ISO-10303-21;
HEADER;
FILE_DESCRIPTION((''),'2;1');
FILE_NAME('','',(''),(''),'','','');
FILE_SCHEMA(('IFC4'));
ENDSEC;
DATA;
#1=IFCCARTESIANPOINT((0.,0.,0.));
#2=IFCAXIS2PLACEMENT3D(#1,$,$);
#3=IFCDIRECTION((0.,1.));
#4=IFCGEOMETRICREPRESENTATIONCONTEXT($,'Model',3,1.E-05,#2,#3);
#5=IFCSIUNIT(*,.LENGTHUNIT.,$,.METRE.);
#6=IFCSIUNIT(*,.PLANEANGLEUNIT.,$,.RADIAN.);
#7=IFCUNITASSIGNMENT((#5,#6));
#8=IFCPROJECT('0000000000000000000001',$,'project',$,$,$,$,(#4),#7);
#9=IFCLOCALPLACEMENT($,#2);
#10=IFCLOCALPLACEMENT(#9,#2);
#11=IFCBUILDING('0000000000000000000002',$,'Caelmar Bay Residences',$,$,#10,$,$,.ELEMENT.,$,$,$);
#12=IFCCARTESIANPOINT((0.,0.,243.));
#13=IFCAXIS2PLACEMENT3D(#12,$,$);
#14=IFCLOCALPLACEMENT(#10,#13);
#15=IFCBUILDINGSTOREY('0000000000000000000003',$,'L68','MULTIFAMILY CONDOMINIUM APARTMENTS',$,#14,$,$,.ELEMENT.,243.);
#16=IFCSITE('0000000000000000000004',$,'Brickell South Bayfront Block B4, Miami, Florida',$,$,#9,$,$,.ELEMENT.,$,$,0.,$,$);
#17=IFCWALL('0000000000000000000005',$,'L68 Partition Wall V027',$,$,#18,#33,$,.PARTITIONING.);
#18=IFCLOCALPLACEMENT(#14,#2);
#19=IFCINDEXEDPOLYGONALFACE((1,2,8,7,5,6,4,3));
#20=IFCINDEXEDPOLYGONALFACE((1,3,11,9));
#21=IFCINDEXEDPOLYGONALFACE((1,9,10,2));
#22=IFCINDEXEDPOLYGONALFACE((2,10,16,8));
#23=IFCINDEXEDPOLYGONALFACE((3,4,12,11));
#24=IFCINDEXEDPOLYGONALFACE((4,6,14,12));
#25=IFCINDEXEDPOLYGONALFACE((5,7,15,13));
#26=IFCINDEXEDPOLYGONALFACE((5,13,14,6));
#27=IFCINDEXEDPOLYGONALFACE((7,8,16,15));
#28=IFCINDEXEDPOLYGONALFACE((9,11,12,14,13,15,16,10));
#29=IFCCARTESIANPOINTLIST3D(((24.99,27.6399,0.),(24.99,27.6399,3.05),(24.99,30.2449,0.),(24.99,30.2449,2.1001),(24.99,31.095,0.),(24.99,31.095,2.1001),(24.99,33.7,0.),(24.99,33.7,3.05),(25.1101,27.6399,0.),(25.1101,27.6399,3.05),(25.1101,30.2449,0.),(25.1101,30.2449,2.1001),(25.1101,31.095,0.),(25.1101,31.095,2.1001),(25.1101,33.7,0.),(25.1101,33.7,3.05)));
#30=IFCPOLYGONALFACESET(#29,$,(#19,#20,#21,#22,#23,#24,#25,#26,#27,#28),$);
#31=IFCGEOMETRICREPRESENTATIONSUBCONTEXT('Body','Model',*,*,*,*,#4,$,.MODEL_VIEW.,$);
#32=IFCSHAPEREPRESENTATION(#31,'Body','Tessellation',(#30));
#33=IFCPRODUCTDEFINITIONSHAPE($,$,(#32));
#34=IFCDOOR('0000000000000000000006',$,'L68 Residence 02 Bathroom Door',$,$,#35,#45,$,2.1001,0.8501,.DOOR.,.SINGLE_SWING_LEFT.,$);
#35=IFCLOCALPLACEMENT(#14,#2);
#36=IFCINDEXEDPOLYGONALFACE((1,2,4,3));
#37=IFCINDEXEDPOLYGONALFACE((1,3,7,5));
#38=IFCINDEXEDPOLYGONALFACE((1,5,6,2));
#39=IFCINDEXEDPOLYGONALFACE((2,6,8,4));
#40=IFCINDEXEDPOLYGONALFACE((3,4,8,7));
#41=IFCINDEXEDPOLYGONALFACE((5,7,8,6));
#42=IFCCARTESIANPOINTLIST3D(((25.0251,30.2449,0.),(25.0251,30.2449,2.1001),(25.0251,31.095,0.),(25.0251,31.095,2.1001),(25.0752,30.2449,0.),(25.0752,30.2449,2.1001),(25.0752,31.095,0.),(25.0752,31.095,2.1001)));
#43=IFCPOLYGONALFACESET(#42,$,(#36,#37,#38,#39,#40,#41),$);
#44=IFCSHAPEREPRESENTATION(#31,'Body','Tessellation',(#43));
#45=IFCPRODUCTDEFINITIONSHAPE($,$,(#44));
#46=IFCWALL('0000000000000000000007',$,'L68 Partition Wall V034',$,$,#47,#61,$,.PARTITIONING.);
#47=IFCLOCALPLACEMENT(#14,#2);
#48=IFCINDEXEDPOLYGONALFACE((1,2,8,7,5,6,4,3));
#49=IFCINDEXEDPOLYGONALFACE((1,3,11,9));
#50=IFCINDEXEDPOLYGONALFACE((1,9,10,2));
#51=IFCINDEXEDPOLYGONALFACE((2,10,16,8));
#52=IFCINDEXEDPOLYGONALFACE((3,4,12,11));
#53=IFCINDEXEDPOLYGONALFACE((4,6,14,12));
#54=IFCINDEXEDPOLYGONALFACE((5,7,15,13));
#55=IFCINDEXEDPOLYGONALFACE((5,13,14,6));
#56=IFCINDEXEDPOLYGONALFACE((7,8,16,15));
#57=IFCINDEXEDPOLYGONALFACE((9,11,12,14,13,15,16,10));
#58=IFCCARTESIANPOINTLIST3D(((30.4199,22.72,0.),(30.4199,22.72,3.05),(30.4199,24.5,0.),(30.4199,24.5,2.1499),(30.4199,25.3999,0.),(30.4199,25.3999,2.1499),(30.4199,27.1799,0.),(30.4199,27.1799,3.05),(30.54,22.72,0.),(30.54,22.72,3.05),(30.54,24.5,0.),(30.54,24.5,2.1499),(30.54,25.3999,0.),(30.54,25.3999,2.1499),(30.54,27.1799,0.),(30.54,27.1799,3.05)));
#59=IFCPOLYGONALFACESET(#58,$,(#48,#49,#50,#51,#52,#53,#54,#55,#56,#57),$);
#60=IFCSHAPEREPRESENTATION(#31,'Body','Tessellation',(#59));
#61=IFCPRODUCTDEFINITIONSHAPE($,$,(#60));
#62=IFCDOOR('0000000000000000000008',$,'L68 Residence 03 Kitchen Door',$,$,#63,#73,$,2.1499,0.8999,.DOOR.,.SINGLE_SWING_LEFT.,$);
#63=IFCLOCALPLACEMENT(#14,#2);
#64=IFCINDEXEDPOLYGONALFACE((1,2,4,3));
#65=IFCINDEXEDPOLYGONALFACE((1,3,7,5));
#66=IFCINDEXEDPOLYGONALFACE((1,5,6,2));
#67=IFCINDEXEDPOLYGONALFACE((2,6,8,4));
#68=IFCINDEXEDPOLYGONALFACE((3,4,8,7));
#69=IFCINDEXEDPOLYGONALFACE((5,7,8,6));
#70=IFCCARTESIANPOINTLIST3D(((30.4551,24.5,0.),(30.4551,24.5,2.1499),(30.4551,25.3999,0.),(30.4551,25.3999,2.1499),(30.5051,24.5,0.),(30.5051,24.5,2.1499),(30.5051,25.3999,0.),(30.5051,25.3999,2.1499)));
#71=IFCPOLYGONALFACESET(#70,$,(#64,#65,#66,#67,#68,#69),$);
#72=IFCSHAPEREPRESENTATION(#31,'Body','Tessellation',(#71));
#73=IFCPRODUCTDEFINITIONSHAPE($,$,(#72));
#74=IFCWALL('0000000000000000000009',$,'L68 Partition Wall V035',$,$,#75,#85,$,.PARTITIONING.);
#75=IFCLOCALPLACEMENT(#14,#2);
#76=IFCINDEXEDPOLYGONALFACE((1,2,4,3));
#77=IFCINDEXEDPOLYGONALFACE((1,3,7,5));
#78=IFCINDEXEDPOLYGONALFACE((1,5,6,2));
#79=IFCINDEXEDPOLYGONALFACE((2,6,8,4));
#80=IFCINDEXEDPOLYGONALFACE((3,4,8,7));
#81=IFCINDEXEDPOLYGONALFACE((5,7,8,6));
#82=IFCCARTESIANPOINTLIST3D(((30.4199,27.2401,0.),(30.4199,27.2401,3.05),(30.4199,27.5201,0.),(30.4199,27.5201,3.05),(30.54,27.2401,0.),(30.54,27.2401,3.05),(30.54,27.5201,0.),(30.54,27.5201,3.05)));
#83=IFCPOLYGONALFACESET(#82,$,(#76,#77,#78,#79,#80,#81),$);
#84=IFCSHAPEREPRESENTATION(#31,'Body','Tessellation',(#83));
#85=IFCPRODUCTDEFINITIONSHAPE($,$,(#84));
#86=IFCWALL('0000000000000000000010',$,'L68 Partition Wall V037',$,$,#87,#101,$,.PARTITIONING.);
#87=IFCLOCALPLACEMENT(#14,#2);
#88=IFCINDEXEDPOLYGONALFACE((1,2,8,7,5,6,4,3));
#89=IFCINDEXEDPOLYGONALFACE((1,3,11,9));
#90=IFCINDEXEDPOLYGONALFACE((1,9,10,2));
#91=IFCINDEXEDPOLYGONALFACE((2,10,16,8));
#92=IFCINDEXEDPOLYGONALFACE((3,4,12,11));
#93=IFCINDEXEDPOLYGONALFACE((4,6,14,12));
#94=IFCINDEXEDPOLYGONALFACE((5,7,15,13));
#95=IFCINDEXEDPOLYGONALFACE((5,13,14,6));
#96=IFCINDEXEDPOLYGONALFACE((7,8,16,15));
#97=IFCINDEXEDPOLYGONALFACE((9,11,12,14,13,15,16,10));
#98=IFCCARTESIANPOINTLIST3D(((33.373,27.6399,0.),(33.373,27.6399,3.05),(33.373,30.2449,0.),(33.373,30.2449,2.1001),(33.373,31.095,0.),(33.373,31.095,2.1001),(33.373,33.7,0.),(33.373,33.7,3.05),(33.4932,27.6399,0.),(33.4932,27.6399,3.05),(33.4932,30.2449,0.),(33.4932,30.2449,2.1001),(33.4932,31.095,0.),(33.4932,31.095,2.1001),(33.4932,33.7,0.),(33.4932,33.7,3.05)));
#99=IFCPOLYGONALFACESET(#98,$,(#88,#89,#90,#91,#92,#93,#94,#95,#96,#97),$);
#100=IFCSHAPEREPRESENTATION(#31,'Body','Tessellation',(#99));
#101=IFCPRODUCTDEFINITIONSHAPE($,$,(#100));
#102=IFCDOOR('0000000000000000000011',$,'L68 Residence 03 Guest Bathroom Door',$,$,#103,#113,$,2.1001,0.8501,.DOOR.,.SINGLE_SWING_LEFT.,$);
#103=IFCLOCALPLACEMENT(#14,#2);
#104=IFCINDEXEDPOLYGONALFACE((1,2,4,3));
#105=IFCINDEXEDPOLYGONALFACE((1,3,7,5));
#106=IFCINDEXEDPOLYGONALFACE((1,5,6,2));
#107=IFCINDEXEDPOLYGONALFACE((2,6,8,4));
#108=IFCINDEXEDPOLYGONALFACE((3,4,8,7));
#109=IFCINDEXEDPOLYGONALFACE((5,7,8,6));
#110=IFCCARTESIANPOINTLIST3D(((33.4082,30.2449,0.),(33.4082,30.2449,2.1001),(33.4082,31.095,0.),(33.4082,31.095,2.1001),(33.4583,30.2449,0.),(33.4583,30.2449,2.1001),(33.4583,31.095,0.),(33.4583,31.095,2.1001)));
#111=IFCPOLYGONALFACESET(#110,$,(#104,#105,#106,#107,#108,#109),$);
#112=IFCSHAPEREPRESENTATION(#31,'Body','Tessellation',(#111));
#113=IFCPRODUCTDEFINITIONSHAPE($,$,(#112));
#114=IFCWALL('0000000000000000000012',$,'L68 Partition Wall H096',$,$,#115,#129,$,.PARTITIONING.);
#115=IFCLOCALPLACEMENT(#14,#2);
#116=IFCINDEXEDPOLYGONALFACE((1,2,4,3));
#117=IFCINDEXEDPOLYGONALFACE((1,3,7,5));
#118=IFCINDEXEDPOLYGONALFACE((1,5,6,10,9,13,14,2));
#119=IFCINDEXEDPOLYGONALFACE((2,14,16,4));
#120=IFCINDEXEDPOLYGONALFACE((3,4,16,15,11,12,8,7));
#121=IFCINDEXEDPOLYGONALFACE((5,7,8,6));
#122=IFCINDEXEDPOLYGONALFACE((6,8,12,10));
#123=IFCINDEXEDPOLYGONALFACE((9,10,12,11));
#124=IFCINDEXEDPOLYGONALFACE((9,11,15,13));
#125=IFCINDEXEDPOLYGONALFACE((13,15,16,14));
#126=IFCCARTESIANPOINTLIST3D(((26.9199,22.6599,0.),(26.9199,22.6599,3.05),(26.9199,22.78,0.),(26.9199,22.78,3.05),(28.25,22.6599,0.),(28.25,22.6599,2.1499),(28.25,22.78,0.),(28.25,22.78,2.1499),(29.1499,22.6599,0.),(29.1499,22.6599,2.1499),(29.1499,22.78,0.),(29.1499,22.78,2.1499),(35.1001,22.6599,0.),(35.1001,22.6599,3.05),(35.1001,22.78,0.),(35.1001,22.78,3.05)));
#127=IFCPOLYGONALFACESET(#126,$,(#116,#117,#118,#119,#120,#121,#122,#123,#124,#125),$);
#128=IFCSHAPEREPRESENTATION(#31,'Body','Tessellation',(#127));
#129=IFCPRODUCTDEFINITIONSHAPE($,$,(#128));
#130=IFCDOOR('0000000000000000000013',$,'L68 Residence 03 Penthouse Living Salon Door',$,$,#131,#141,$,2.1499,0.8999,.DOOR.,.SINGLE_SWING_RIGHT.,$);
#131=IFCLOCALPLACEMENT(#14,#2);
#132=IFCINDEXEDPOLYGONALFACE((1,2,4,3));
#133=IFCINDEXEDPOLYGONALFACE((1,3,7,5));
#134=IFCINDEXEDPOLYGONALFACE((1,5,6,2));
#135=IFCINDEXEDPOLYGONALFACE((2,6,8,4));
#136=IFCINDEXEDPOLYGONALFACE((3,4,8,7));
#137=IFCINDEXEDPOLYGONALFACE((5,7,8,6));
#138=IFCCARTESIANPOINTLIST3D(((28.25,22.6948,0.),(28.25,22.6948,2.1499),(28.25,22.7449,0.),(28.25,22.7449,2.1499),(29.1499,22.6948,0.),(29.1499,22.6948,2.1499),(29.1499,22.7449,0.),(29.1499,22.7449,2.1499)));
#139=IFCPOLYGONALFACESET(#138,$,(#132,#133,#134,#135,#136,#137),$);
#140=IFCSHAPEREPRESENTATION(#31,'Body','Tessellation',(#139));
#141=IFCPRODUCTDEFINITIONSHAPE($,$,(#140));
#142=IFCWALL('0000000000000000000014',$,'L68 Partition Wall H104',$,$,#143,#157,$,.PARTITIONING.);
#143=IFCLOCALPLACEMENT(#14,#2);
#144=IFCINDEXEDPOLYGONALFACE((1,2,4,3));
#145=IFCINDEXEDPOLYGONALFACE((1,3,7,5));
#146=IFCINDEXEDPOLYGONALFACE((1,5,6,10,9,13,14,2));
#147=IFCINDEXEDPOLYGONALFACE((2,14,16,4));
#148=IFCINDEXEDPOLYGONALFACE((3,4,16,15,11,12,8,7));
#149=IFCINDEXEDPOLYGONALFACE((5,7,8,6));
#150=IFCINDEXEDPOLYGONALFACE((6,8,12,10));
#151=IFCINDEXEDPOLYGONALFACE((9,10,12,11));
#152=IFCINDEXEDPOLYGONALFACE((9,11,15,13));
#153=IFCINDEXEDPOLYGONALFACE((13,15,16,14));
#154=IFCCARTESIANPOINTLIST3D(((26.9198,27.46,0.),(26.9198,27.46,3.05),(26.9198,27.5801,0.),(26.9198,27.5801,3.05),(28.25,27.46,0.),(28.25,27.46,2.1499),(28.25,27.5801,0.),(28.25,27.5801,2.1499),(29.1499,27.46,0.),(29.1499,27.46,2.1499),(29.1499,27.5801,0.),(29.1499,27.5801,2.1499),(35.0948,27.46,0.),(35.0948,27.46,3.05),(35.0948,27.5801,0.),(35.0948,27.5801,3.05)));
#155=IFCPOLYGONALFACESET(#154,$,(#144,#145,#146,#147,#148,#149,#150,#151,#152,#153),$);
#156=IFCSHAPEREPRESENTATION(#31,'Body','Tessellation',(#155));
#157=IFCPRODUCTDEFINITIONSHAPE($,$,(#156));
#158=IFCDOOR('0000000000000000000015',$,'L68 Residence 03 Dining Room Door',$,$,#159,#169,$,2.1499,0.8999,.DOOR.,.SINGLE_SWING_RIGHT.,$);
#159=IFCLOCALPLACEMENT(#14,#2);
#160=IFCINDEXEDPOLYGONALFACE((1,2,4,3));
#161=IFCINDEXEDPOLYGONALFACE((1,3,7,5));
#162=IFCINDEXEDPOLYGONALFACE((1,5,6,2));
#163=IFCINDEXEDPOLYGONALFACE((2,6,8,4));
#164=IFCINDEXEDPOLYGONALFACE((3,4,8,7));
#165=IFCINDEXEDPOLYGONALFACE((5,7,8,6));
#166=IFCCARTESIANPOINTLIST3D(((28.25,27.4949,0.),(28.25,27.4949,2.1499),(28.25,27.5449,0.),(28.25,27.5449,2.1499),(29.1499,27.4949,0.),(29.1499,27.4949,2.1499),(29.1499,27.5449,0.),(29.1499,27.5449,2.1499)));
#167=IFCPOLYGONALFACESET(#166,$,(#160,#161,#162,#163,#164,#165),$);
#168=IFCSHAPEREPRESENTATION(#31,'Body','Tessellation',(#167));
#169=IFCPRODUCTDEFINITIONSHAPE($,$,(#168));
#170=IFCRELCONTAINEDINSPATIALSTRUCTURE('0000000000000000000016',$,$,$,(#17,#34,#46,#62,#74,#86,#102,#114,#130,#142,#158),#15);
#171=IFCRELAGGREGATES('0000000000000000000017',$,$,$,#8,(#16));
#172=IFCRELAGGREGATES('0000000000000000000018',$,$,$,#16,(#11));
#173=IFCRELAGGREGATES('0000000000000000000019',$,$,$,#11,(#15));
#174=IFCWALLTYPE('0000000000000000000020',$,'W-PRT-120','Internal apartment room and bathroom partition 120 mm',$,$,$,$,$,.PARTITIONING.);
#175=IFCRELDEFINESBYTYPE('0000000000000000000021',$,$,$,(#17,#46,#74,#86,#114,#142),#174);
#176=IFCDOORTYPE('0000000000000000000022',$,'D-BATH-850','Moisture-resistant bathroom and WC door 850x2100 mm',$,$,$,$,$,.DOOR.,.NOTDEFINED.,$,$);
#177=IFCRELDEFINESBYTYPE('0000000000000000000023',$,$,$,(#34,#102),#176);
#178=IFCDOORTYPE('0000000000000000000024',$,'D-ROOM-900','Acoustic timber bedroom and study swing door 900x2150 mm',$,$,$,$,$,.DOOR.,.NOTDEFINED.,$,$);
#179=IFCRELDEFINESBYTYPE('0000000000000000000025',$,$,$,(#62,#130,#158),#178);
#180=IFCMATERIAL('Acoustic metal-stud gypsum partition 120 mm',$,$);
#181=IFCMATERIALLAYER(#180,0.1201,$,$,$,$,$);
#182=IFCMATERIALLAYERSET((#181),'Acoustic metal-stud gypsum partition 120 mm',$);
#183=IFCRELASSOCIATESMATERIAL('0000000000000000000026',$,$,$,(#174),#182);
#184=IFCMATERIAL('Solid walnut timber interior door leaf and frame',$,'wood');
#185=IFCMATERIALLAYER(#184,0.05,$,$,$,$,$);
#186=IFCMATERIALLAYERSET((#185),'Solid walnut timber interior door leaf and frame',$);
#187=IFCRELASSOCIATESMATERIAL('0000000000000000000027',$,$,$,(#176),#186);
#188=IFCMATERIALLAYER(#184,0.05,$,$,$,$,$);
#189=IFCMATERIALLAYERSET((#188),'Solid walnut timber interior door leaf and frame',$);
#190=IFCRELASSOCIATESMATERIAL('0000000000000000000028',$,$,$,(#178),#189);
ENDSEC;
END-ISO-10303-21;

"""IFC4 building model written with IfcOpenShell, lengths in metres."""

from ifc_helpers import new_model, si_unit, direction, frame, frame_2d, origin, place, context, subcontext, project, spatial, rectangle, extrude, material, layer, layer_set, type_object, element, fill, save


model = new_model("IFC4")

# Units and contexts
model_context = context("Model", 3, precision=1e-05, world=origin(), true_north=direction((0.0, 1.0)))
body_context = subcontext(model_context, "Body", "Model", "MODEL_VIEW")
ifc_project = project(units=[si_unit("LENGTHUNIT", "METRE"), si_unit("PLANEANGLEUNIT", "RADIAN")], contexts=[model_context])

# Site, building, storey
site_placement = place(None, origin())
site = spatial("IfcSite", under=ifc_project, at=site_placement, Name="Brickell South Bayfront Block B4, Miami, Florida", CompositionType="ELEMENT", RefElevation=0.0)
building_placement = place(site_placement, origin())
building = spatial("IfcBuilding", under=site, at=building_placement, Name="Caelmar Bay Residences", CompositionType="ELEMENT")
storey_placement = place(building_placement, frame((0.0, 0.0, 243.0)))
storey = spatial("IfcBuildingStorey", under=building, at=storey_placement, Name="L68", Description="MULTIFAMILY CONDOMINIUM APARTMENTS", CompositionType="ELEMENT", Elevation=243.0)

# Walls, openings, doors
ifc_material_1 = material(Name="Acoustic metal-stud gypsum partition 120 mm")
ifc_layer_1 = layer(ifc_material_1, 0.1201)
ifc_layer_set_1 = layer_set([ifc_layer_1], Name="Acoustic metal-stud gypsum partition 120 mm")
wall_type_1 = type_object("IfcWallType", Name="W-PRT-120", Description="Internal apartment room and bathroom partition 120 mm", PredefinedType="PARTITIONING", material=ifc_layer_set_1)
wall_1_placement = place(storey_placement, frame((25.05, 27.6399, 0.0), z_axis=(0.0, 0.0, 1.0), x_axis=(0.0, 1.0, 0.0)))
wall_1 = element("IfcWall", 1, at=wall_1_placement, inside=storey, type_object=wall_type_1, Name="L68 Partition Wall V027", PredefinedType="PARTITIONING", context=body_context, shape_type="SweptSolid", body=[
    extrude(rectangle(XDim=6.0601, YDim=0.1201, at=frame_2d((3.03, 0.0))), origin(), (0.0, 0.0, 1.0), 3.05),
])
opening_1_placement = place(wall_1_placement, frame((2.605, 0.0, 0.0)))
opening_1 = element("IfcOpeningElement", 2, at=opening_1_placement, cuts=wall_1, PredefinedType="OPENING", context=body_context, shape_type="SweptSolid", body=[
    extrude(rectangle(XDim=0.8501, YDim=2.1001, at=frame_2d((0.425, 1.05))), frame((0.0, 0.0701, 0.0), z_axis=(0.0, -1.0, 0.0), x_axis=(1.0, 0.0, 0.0)), (0.0, 0.0, 1.0), 0.1401),
])
ifc_material_2 = material(Name="Solid walnut timber interior door leaf and frame", Category="wood")
ifc_layer_2 = layer(ifc_material_2, 0.05)
ifc_layer_set_2 = layer_set([ifc_layer_2], Name="Solid walnut timber interior door leaf and frame")
door_type_1 = type_object("IfcDoorType", Name="D-BATH-850", Description="Moisture-resistant bathroom and WC door 850x2100 mm", OperationType="NOTDEFINED", PredefinedType="DOOR", material=ifc_layer_set_2)
door_1_placement = place(opening_1_placement, origin())
door_1 = element("IfcDoor", 3, at=door_1_placement, inside=storey, type_object=door_type_1, Name="L68 Residence 02 Bathroom Door", OperationType="SINGLE_SWING_LEFT", OverallHeight=2.1001, OverallWidth=0.8501, PredefinedType="DOOR", context=body_context, shape_type="SweptSolid", body=[
    extrude(rectangle(XDim=0.8501, YDim=2.1001, at=frame_2d((0.425, 1.05))), frame((0.0, 0.0249, 0.0), z_axis=(0.0, -1.0, 0.0), x_axis=(1.0, 0.0, 0.0)), (0.0, 0.0, 1.0), 0.05),
])
fill(opening_1, door_1)
wall_2_placement = place(storey_placement, frame((30.48, 22.72, 0.0), z_axis=(0.0, 0.0, 1.0), x_axis=(0.0, 1.0, 0.0)))
wall_2 = element("IfcWall", 4, at=wall_2_placement, inside=storey, type_object=wall_type_1, Name="L68 Partition Wall V034", PredefinedType="PARTITIONING", context=body_context, shape_type="SweptSolid", body=[
    extrude(rectangle(XDim=4.46, YDim=0.1201, at=frame_2d((2.23, 0.0))), origin(), (0.0, 0.0, 1.0), 3.05),
])
opening_2_placement = place(wall_2_placement, frame((1.78, 0.0, 0.0)))
opening_2 = element("IfcOpeningElement", 5, at=opening_2_placement, cuts=wall_2, PredefinedType="OPENING", context=body_context, shape_type="SweptSolid", body=[
    extrude(rectangle(XDim=0.8999, YDim=2.1499, at=frame_2d((0.45, 1.075))), frame((0.0, 0.0701, 0.0), z_axis=(0.0, -1.0, 0.0), x_axis=(1.0, 0.0, 0.0)), (0.0, 0.0, 1.0), 0.1401),
])
ifc_layer_3 = layer(ifc_material_2, 0.05)
ifc_layer_set_3 = layer_set([ifc_layer_3], Name="Solid walnut timber interior door leaf and frame")
door_type_2 = type_object("IfcDoorType", Name="D-ROOM-900", Description="Acoustic timber bedroom and study swing door 900x2150 mm", OperationType="NOTDEFINED", PredefinedType="DOOR", material=ifc_layer_set_3)
door_2_placement = place(opening_2_placement, origin())
door_2 = element("IfcDoor", 6, at=door_2_placement, inside=storey, type_object=door_type_2, Name="L68 Residence 03 Kitchen Door", OperationType="SINGLE_SWING_LEFT", OverallHeight=2.1499, OverallWidth=0.8999, PredefinedType="DOOR", context=body_context, shape_type="SweptSolid", body=[
    extrude(rectangle(XDim=0.8999, YDim=2.1499, at=frame_2d((0.45, 1.075))), frame((0.0, 0.0249, 0.0), z_axis=(0.0, -1.0, 0.0), x_axis=(1.0, 0.0, 0.0)), (0.0, 0.0, 1.0), 0.05),
])
fill(opening_2, door_2)

# Wall
wall_3_placement = place(storey_placement, frame((30.48, 27.24, 0.0), z_axis=(0.0, 0.0, 1.0), x_axis=(0.0, 1.0, 0.0)))
element("IfcWall", 7, at=wall_3_placement, inside=storey, type_object=wall_type_1, Name="L68 Partition Wall V035", PredefinedType="PARTITIONING", context=body_context, shape_type="SweptSolid", body=[
    extrude(rectangle(XDim=0.28, YDim=0.1201, at=frame_2d((0.1401, 0.0))), origin(), (0.0, 0.0, 1.0), 3.05),
])

# Walls, openings, doors
wall_4_placement = place(storey_placement, frame((33.4331, 27.6399, 0.0), z_axis=(0.0, 0.0, 1.0), x_axis=(0.0, 1.0, 0.0)))
wall_4 = element("IfcWall", 8, at=wall_4_placement, inside=storey, type_object=wall_type_1, Name="L68 Partition Wall V037", PredefinedType="PARTITIONING", context=body_context, shape_type="SweptSolid", body=[
    extrude(rectangle(XDim=6.0601, YDim=0.1201, at=frame_2d((3.03, 0.0))), origin(), (0.0, 0.0, 1.0), 3.05),
])
opening_3_placement = place(wall_4_placement, frame((2.605, 0.0, 0.0)))
opening_3 = element("IfcOpeningElement", 9, at=opening_3_placement, cuts=wall_4, PredefinedType="OPENING", context=body_context, shape_type="SweptSolid", body=[
    extrude(rectangle(XDim=0.8501, YDim=2.1001, at=frame_2d((0.425, 1.05))), frame((0.0, 0.0701, 0.0), z_axis=(0.0, -1.0, 0.0), x_axis=(1.0, 0.0, 0.0)), (0.0, 0.0, 1.0), 0.1401),
])
door_3_placement = place(opening_3_placement, origin())
door_3 = element("IfcDoor", 10, at=door_3_placement, inside=storey, type_object=door_type_1, Name="L68 Residence 03 Guest Bathroom Door", OperationType="SINGLE_SWING_LEFT", OverallHeight=2.1001, OverallWidth=0.8501, PredefinedType="DOOR", context=body_context, shape_type="SweptSolid", body=[
    extrude(rectangle(XDim=0.8501, YDim=2.1001, at=frame_2d((0.425, 1.05))), frame((0.0, 0.0249, 0.0), z_axis=(0.0, -1.0, 0.0), x_axis=(1.0, 0.0, 0.0)), (0.0, 0.0, 1.0), 0.05),
])
fill(opening_3, door_3)
wall_5_placement = place(storey_placement, frame((26.9199, 22.72, 0.0), z_axis=(0.0, 0.0, 1.0), x_axis=(1.0, 0.0, 0.0)))
wall_5 = element("IfcWall", 11, at=wall_5_placement, inside=storey, type_object=wall_type_1, Name="L68 Partition Wall H096", PredefinedType="PARTITIONING", context=body_context, shape_type="SweptSolid", body=[
    extrude(rectangle(XDim=8.1802, YDim=0.1201, at=frame_2d((4.0901, 0.0))), origin(), (0.0, 0.0, 1.0), 3.05),
])
opening_4_placement = place(wall_5_placement, frame((1.3301, 0.0, 0.0)))
opening_4 = element("IfcOpeningElement", 12, at=opening_4_placement, cuts=wall_5, PredefinedType="OPENING", context=body_context, shape_type="SweptSolid", body=[
    extrude(rectangle(XDim=0.8999, YDim=2.1499, at=frame_2d((0.45, 1.075))), frame((0.0, 0.0701, 0.0), z_axis=(0.0, -1.0, 0.0), x_axis=(1.0, 0.0, 0.0)), (0.0, 0.0, 1.0), 0.1401),
])
door_4_placement = place(opening_4_placement, origin())
door_4 = element("IfcDoor", 13, at=door_4_placement, inside=storey, type_object=door_type_2, Name="L68 Residence 03 Penthouse Living Salon Door", OperationType="SINGLE_SWING_RIGHT", OverallHeight=2.1499, OverallWidth=0.8999, PredefinedType="DOOR", context=body_context, shape_type="SweptSolid", body=[
    extrude(rectangle(XDim=0.8999, YDim=2.1499, at=frame_2d((0.45, 1.075))), frame((0.0, 0.0249, 0.0), z_axis=(0.0, -1.0, 0.0), x_axis=(1.0, 0.0, 0.0)), (0.0, 0.0, 1.0), 0.05),
])
fill(opening_4, door_4)
wall_6_placement = place(storey_placement, frame((26.9199, 27.52, 0.0), z_axis=(0.0, 0.0, 1.0), x_axis=(1.0, 0.0, 0.0)))
wall_6 = element("IfcWall", 14, at=wall_6_placement, inside=storey, type_object=wall_type_1, Name="L68 Partition Wall H104", PredefinedType="PARTITIONING", context=body_context, shape_type="SweptSolid", body=[
    extrude(rectangle(XDim=8.175, YDim=0.1201, at=frame_2d((4.0874, 0.0))), origin(), (0.0, 0.0, 1.0), 3.05),
])
opening_5_placement = place(wall_6_placement, frame((1.3301, 0.0, 0.0)))
opening_5 = element("IfcOpeningElement", 15, at=opening_5_placement, cuts=wall_6, PredefinedType="OPENING", context=body_context, shape_type="SweptSolid", body=[
    extrude(rectangle(XDim=0.8999, YDim=2.1499, at=frame_2d((0.45, 1.075))), frame((0.0, 0.0701, 0.0), z_axis=(0.0, -1.0, 0.0), x_axis=(1.0, 0.0, 0.0)), (0.0, 0.0, 1.0), 0.1401),
])
door_5_placement = place(opening_5_placement, origin())
door_5 = element("IfcDoor", 16, at=door_5_placement, inside=storey, type_object=door_type_2, Name="L68 Residence 03 Dining Room Door", OperationType="SINGLE_SWING_RIGHT", OverallHeight=2.1499, OverallWidth=0.8999, PredefinedType="DOOR", context=body_context, shape_type="SweptSolid", body=[
    extrude(rectangle(XDim=0.8999, YDim=2.1499, at=frame_2d((0.45, 1.075))), frame((0.0, 0.0249, 0.0), z_axis=(0.0, -1.0, 0.0), x_axis=(1.0, 0.0, 0.0)), (0.0, 0.0, 1.0), 0.05),
])
fill(opening_5, door_5)

save(model, "model.ifc")
